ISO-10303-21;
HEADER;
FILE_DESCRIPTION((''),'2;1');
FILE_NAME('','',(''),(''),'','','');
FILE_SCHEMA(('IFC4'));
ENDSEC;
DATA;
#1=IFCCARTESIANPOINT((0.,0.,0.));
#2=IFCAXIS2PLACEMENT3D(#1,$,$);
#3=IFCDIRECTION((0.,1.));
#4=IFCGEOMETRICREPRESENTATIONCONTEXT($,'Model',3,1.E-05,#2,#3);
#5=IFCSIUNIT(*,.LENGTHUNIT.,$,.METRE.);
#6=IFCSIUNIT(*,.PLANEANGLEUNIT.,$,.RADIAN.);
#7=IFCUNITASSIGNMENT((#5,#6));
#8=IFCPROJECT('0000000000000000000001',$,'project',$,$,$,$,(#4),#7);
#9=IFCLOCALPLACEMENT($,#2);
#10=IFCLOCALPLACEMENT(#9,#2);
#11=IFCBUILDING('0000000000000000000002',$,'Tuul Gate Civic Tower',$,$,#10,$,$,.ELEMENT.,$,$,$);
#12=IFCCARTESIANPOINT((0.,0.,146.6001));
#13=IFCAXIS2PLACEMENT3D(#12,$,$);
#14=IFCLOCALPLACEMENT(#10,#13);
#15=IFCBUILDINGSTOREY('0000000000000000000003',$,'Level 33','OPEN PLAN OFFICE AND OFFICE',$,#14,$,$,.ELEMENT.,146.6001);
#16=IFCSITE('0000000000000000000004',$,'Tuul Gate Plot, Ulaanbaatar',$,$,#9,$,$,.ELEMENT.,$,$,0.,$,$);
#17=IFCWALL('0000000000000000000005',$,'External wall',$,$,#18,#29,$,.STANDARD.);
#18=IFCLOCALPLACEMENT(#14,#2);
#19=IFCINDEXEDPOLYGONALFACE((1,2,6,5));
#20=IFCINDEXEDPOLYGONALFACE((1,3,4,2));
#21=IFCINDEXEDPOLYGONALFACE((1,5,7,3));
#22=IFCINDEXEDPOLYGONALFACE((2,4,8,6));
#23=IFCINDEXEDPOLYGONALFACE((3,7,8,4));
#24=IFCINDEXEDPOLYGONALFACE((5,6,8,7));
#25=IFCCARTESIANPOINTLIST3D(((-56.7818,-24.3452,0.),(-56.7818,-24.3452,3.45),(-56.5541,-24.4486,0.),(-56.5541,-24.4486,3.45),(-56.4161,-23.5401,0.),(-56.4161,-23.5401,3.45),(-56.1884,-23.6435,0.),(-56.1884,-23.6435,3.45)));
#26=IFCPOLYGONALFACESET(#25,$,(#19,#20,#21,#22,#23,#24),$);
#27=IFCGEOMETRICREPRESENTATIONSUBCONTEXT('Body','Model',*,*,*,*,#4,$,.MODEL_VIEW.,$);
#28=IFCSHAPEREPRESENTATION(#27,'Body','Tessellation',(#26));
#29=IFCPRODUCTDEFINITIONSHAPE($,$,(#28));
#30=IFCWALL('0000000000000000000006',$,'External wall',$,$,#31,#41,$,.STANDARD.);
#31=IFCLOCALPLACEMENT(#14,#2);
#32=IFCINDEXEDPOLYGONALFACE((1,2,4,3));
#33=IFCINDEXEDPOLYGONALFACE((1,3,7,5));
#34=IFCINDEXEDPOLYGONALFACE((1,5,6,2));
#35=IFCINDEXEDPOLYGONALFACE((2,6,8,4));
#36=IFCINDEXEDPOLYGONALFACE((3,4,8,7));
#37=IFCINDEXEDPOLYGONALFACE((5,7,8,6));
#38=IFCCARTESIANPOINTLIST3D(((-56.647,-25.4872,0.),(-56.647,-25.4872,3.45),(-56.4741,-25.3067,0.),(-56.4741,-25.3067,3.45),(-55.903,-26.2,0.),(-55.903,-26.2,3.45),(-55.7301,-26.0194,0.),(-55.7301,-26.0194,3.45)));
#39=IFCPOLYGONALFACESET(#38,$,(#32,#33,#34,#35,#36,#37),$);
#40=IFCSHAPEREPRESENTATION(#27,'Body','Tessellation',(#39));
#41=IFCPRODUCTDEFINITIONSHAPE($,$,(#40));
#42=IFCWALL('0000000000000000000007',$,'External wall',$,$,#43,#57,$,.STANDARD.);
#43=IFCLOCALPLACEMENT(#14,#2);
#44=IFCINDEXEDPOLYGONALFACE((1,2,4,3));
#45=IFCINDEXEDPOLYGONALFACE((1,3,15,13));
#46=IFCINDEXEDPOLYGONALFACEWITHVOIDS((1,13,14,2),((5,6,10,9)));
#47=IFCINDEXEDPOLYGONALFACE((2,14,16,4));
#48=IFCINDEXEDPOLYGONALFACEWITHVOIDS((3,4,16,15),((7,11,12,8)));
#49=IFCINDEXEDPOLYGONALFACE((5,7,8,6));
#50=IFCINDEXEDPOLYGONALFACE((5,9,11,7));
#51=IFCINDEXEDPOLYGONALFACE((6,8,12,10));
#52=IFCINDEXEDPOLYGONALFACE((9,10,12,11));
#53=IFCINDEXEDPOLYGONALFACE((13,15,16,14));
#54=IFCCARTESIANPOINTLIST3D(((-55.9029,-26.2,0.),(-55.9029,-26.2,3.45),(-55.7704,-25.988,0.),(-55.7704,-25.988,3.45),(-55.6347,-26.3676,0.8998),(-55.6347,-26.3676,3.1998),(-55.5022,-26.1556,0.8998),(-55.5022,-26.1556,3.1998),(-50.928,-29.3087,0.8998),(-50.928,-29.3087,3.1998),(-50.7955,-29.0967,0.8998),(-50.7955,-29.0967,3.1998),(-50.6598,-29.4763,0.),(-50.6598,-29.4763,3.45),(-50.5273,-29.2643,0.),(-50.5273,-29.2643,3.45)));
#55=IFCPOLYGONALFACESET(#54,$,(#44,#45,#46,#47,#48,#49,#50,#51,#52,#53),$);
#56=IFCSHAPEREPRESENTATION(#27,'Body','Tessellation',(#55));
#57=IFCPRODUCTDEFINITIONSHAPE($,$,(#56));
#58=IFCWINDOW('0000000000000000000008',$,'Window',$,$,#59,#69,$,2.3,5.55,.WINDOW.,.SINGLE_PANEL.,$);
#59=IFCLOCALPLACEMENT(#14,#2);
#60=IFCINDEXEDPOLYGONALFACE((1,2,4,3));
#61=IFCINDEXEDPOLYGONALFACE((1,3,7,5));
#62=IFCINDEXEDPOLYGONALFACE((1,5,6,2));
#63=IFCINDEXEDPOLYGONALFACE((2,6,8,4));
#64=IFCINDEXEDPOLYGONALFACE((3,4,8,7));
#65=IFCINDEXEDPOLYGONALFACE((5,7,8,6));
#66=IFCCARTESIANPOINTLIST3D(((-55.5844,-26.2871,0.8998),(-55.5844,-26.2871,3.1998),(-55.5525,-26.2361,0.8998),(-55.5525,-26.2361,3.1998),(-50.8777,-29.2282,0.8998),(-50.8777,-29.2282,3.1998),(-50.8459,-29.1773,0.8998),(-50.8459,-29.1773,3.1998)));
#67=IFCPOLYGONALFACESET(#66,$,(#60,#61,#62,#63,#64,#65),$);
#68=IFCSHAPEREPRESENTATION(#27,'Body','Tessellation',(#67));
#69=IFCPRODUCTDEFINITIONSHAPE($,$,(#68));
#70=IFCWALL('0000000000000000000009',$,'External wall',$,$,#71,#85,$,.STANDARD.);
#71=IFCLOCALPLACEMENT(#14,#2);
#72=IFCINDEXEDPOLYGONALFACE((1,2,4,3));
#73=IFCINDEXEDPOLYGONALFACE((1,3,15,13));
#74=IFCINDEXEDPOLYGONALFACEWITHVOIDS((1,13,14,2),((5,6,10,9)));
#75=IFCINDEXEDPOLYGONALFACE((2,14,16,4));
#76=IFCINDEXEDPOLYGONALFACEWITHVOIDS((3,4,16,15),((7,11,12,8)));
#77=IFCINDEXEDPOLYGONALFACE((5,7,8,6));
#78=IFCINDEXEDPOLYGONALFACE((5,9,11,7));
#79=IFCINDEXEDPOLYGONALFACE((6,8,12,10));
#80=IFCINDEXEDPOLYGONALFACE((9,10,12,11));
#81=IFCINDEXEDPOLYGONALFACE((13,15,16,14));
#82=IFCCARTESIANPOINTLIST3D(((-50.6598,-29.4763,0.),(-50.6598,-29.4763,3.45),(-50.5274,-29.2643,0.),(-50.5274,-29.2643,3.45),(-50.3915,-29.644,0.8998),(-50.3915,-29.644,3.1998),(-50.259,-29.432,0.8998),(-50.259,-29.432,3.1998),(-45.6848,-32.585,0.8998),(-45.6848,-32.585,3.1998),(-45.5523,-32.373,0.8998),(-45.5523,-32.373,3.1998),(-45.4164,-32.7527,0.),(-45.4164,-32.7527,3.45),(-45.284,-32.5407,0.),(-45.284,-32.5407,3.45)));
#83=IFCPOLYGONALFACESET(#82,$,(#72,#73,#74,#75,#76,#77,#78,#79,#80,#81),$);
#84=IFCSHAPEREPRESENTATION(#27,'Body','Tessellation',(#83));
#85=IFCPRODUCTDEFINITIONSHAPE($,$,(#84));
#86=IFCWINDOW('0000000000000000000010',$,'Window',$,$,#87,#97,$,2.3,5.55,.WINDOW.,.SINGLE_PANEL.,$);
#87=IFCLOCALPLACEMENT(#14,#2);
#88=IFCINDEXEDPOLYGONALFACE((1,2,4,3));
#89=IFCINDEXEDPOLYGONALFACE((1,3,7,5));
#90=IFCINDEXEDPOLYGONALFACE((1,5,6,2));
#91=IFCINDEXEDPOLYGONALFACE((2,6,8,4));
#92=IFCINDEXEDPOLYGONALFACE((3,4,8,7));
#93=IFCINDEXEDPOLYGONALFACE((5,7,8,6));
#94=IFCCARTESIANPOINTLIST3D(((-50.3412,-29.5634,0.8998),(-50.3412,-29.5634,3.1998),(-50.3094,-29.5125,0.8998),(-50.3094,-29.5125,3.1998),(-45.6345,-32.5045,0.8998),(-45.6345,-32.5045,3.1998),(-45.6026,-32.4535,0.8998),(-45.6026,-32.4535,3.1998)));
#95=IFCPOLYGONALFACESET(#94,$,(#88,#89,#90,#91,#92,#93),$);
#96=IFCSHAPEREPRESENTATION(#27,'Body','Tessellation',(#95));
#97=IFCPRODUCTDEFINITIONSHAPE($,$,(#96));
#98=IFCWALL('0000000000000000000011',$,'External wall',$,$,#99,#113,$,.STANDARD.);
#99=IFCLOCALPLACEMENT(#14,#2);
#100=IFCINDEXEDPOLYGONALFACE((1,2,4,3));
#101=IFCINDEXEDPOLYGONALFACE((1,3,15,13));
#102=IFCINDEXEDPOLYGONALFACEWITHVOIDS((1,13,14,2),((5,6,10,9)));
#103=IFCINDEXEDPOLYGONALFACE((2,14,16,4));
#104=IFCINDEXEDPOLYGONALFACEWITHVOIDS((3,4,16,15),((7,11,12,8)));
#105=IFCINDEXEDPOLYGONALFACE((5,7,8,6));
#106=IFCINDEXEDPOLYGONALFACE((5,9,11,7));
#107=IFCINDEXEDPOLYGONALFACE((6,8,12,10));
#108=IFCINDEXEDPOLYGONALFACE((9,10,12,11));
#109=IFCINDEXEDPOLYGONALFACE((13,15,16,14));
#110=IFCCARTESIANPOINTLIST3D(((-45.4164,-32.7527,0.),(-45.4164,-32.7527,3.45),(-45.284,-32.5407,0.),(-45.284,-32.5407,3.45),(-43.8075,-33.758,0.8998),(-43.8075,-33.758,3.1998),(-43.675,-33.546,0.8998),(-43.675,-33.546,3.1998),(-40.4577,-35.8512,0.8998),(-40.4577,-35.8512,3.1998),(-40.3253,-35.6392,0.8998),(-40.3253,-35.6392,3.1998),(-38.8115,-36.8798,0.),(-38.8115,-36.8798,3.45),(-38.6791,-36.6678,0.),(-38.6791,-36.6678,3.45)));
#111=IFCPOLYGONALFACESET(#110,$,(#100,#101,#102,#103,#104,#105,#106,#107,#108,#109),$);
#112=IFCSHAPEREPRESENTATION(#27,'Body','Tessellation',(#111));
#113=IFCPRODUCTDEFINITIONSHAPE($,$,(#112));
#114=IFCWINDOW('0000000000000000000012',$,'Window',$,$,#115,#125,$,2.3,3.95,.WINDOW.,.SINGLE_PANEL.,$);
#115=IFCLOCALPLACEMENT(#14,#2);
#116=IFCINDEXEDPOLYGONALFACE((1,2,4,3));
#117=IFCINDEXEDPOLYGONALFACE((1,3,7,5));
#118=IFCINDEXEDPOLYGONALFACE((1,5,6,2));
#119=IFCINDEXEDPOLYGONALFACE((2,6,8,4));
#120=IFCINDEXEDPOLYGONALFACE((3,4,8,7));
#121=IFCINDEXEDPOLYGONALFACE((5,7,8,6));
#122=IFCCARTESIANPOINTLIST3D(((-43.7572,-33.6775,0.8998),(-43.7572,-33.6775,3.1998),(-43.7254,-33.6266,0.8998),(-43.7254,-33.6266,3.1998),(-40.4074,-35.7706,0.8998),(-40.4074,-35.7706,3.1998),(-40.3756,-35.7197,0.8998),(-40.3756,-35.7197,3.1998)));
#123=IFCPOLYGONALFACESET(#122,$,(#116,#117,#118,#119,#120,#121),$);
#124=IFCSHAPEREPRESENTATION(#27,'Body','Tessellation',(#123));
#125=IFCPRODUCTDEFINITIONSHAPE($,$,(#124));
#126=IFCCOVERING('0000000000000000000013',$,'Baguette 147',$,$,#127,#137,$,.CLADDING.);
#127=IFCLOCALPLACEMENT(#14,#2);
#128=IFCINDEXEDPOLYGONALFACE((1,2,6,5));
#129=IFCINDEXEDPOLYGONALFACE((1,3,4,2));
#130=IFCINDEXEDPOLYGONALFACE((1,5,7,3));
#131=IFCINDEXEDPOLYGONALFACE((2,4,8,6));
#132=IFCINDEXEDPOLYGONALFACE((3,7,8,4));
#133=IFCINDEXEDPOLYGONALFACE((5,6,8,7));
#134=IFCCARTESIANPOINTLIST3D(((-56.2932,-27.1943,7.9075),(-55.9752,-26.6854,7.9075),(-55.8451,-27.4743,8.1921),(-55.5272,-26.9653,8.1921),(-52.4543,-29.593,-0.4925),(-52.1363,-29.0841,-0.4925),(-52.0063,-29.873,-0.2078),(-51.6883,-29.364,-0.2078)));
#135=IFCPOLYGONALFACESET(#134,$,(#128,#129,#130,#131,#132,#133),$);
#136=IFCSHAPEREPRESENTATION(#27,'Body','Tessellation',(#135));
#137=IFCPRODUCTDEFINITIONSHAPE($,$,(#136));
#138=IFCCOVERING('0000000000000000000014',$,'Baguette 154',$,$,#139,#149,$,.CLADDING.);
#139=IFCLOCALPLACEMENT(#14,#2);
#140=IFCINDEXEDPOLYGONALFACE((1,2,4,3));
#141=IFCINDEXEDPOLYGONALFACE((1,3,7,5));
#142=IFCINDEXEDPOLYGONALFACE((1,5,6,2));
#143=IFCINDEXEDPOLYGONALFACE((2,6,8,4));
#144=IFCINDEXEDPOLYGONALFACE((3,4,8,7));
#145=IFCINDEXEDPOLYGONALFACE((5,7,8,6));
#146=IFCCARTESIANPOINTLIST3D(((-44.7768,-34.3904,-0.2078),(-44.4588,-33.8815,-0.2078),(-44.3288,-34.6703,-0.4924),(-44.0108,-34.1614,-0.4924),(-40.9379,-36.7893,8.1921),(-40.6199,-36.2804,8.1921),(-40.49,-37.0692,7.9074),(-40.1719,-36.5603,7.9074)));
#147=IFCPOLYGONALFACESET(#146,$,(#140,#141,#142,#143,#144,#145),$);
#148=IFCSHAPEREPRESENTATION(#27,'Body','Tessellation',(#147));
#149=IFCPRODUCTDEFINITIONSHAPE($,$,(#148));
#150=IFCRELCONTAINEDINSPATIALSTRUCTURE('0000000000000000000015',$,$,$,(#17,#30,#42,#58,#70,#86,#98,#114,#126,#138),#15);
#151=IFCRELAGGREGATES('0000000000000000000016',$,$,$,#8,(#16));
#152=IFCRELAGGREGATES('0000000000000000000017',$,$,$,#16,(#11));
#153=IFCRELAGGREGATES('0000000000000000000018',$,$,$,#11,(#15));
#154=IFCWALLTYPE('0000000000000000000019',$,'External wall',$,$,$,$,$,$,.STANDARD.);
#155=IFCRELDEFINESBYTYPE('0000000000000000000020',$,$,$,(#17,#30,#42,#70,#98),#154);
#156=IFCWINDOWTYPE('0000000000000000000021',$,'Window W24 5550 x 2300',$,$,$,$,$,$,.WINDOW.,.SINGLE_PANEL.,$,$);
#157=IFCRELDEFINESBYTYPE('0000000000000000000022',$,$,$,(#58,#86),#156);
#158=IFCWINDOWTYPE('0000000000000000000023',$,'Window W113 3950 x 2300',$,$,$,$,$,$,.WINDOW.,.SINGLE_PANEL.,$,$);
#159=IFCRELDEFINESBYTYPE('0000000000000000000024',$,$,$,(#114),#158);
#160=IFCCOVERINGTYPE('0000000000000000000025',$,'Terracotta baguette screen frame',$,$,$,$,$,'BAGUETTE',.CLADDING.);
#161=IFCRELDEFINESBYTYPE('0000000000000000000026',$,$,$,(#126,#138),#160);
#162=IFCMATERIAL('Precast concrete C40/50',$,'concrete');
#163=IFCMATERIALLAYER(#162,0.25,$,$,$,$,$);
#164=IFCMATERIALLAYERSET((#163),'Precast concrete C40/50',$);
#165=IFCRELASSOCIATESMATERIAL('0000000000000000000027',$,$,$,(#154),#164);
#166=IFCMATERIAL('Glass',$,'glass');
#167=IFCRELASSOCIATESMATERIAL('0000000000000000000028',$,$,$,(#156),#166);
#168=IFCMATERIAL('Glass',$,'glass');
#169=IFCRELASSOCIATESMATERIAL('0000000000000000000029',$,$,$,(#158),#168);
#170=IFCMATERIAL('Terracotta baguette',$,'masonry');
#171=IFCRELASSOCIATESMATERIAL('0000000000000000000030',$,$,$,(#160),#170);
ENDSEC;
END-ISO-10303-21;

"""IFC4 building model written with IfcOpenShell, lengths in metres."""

from ifc_helpers import new_model, si_unit, direction, frame, frame_2d, origin, origin_2d, place, context, subcontext, project, spatial, rectangle, extrude, material, layer, layer_set, material_profile, profile_set, type_object, element, fill, save


model = new_model("IFC4")

# Units and contexts
model_context = context("Model", 3, precision=1e-05, world=origin(), true_north=direction((0.0, 1.0)))
body_context = subcontext(model_context, "Body", "Model", "MODEL_VIEW")
ifc_project = project(units=[si_unit("LENGTHUNIT", "METRE"), si_unit("PLANEANGLEUNIT", "RADIAN")], contexts=[model_context])

# Site, building, storey
site_placement = place(None, origin())
site = spatial("IfcSite", under=ifc_project, at=site_placement, Name="Tuul Gate Plot, Ulaanbaatar", CompositionType="ELEMENT", RefElevation=0.0)
building_placement = place(site_placement, origin())
building = spatial("IfcBuilding", under=site, at=building_placement, Name="Tuul Gate Civic Tower", CompositionType="ELEMENT")
storey_placement = place(building_placement, frame((0.0, 0.0, 146.6001)))
storey = spatial("IfcBuildingStorey", under=building, at=storey_placement, Name="Level 33", Description="OPEN PLAN OFFICE AND OFFICE", CompositionType="ELEMENT", Elevation=146.6001)

# Walls
ifc_material_1 = material(Name="Precast concrete C40/50", Category="concrete")
ifc_layer_1 = layer(ifc_material_1, 0.25)
ifc_layer_set_1 = layer_set([ifc_layer_1], Name="Precast concrete C40/50")
wall_type_1 = type_object("IfcWallType", Name="External wall", PredefinedType="STANDARD", material=ifc_layer_set_1)
wall_1_placement = place(storey_placement, frame((-56.3022, -23.5918, 0.0), z_axis=(0.0, 0.0, 1.0), x_axis=(-0.413553, -0.91048, 0.0)))
element("IfcWall", 1, at=wall_1_placement, inside=storey, type_object=wall_type_1, Name="External wall", PredefinedType="STANDARD", context=body_context, shape_type="SweptSolid", body=[
    extrude(rectangle(XDim=0.8843, YDim=0.25, at=frame_2d((0.4421, 0.0))), origin(), (0.0, 0.0, 1.0), 3.45),
])
wall_2_placement = place(storey_placement, frame((-56.5605, -25.397, 0.0), z_axis=(0.0, 0.0, 1.0), x_axis=(0.722112, -0.691777, 0.0)))
element("IfcWall", 2, at=wall_2_placement, inside=storey, type_object=wall_type_1, Name="External wall", PredefinedType="STANDARD", context=body_context, shape_type="SweptSolid", body=[
    extrude(rectangle(XDim=1.0303, YDim=0.25, at=frame_2d((0.5151, 0.0))), origin(), (0.0, 0.0, 1.0), 3.45),
])

# Walls, openings, windows
wall_3_placement = place(storey_placement, frame((-55.8367, -26.094, 0.0), z_axis=(0.0, 0.0, 1.0), x_axis=(0.848043, -0.529928, 0.0)))
wall_3 = element("IfcWall", 3, at=wall_3_placement, inside=storey, type_object=wall_type_1, Name="External wall", PredefinedType="STANDARD", context=body_context, shape_type="SweptSolid", body=[
    extrude(rectangle(XDim=6.1826, YDim=0.25, at=frame_2d((3.0913, 0.0))), origin(), (0.0, 0.0, 1.0), 3.45),
])
opening_1_placement = place(wall_3_placement, frame((0.3164, 0.0, 0.8999)))
opening_1 = element("IfcOpeningElement", 4, at=opening_1_placement, cuts=wall_3, PredefinedType="OPENING", context=body_context, shape_type="SweptSolid", body=[
    extrude(rectangle(XDim=5.55, YDim=2.3, at=frame_2d((2.7749, 1.1499))), frame((0.0, 0.135, 0.0), z_axis=(0.0, -1.0, 0.0), x_axis=(1.0, 0.0, 0.0)), (0.0, 0.0, 1.0), 0.27),
])
ifc_material_2 = material(Name="Glass", Category="glass")
window_type_1 = type_object("IfcWindowType", Name="Window W24 5550 x 2300", PartitioningType="SINGLE_PANEL", PredefinedType="WINDOW", material=ifc_material_2)
window_1_placement = place(opening_1_placement, origin())
window_1 = element("IfcWindow", 5, at=window_1_placement, inside=storey, type_object=window_type_1, Name="Window", OverallHeight=2.3, OverallWidth=5.55, PartitioningType="SINGLE_PANEL", PredefinedType="WINDOW", context=body_context, shape_type="SweptSolid", body=[
    extrude(rectangle(XDim=5.55, YDim=2.3, at=frame_2d((2.7749, 1.1499))), frame((0.0, 0.03, 0.0), z_axis=(0.0, -1.0, 0.0), x_axis=(1.0, 0.0, 0.0)), (0.0, 0.0, 1.0), 0.0601),
])
fill(opening_1, window_1)
wall_4_placement = place(storey_placement, frame((-50.5935, -29.3704, 0.0), z_axis=(0.0, 0.0, 1.0), x_axis=(0.848054, -0.52991, 0.0)))
wall_4 = element("IfcWall", 6, at=wall_4_placement, inside=storey, type_object=wall_type_1, Name="External wall", PredefinedType="STANDARD", context=body_context, shape_type="SweptSolid", body=[
    extrude(rectangle(XDim=6.1829, YDim=0.25, at=frame_2d((3.0913, 0.0))), origin(), (0.0, 0.0, 1.0), 3.45),
])
opening_2_placement = place(wall_4_placement, frame((0.3164, 0.0, 0.8999)))
opening_2 = element("IfcOpeningElement", 7, at=opening_2_placement, cuts=wall_4, PredefinedType="OPENING", context=body_context, shape_type="SweptSolid", body=[
    extrude(rectangle(XDim=5.55, YDim=2.3, at=frame_2d((2.7749, 1.1499))), frame((0.0, 0.135, 0.0), z_axis=(0.0, -1.0, 0.0), x_axis=(1.0, 0.0, 0.0)), (0.0, 0.0, 1.0), 0.27),
])
window_2_placement = place(opening_2_placement, origin())
window_2 = element("IfcWindow", 8, at=window_2_placement, inside=storey, type_object=window_type_1, Name="Window", OverallHeight=2.3, OverallWidth=5.55, PartitioningType="SINGLE_PANEL", PredefinedType="WINDOW", context=body_context, shape_type="SweptSolid", body=[
    extrude(rectangle(XDim=5.55, YDim=2.3, at=frame_2d((2.7749, 1.1499))), frame((0.0, 0.03, 0.0), z_axis=(0.0, -1.0, 0.0), x_axis=(1.0, 0.0, 0.0)), (0.0, 0.0, 1.0), 0.0601),
])
fill(opening_2, window_2)
wall_5_placement = place(storey_placement, frame((-45.3501, -32.6467, 0.0), z_axis=(0.0, 0.0, 1.0), x_axis=(0.848051, -0.529914, 0.0)))
wall_5 = element("IfcWall", 9, at=wall_5_placement, inside=storey, type_object=wall_type_1, Name="External wall", PredefinedType="STANDARD", context=body_context, shape_type="SweptSolid", body=[
    extrude(rectangle(XDim=7.7883, YDim=0.25, at=frame_2d((3.894, 0.0))), origin(), (0.0, 0.0, 1.0), 3.45),
])
opening_3_placement = place(wall_5_placement, frame((1.897, 0.0, 0.8999)))
opening_3 = element("IfcOpeningElement", 10, at=opening_3_placement, cuts=wall_5, PredefinedType="OPENING", context=body_context, shape_type="SweptSolid", body=[
    extrude(rectangle(XDim=3.95, YDim=2.3, at=frame_2d((1.9751, 1.1499))), frame((0.0, 0.135, 0.0), z_axis=(0.0, -1.0, 0.0), x_axis=(1.0, 0.0, 0.0)), (0.0, 0.0, 1.0), 0.27),
])
ifc_material_3 = material(Name="Glass", Category="glass")
window_type_2 = type_object("IfcWindowType", Name="Window W113 3950 x 2300", PartitioningType="SINGLE_PANEL", PredefinedType="WINDOW", material=ifc_material_3)
window_3_placement = place(opening_3_placement, origin())
window_3 = element("IfcWindow", 11, at=window_3_placement, inside=storey, type_object=window_type_2, Name="Window", OverallHeight=2.3, OverallWidth=3.95, PartitioningType="SINGLE_PANEL", PredefinedType="WINDOW", context=body_context, shape_type="SweptSolid", body=[
    extrude(rectangle(XDim=3.95, YDim=2.3, at=frame_2d((1.9751, 1.1499))), frame((0.0, 0.03, 0.0), z_axis=(0.0, -1.0, 0.0), x_axis=(1.0, 0.0, 0.0)), (0.0, 0.0, 1.0), 0.0601),
])
fill(opening_3, window_3)

# Coverings
ifc_material_4 = material(Name="Terracotta baguette", Category="masonry")
ifc_material_profile_1 = material_profile(ifc_material_4, rectangle(XDim=0.6001, YDim=0.6001, at=origin_2d()), Name="Terracotta baguette screen frame")
ifc_profile_set_1 = profile_set([ifc_material_profile_1], Name="Terracotta baguette")
covering_type = type_object("IfcCoveringType", Name="Terracotta baguette screen frame", ElementType="BAGUETTE", PredefinedType="CLADDING", material=ifc_profile_set_1)
for number, where, z_axis, x_axis, name in (
    (12, (-55.9102, -27.0798, 8.0498), (0.402314, -0.251383, -0.880312), (0.529902, 0.848059, 0.0), "Baguette 147"),
    (13, (-44.3938, -34.2759, -0.3501), (0.402312, -0.251407, 0.880307), (0.529941, 0.848035, 0.0), "Baguette 154"),
):
    element("IfcCovering", number, at=place(storey_placement, frame(where, z_axis=z_axis, x_axis=x_axis)), inside=storey, type_object=covering_type, Name=name, PredefinedType="CLADDING", context=body_context, shape_type="SweptSolid", body=[
        extrude(rectangle(XDim=0.6001, YDim=0.6001, at=origin_2d()), origin(), (0.0, 0.0, 1.0), 9.542),
    ])

save(model, "model.ifc")
